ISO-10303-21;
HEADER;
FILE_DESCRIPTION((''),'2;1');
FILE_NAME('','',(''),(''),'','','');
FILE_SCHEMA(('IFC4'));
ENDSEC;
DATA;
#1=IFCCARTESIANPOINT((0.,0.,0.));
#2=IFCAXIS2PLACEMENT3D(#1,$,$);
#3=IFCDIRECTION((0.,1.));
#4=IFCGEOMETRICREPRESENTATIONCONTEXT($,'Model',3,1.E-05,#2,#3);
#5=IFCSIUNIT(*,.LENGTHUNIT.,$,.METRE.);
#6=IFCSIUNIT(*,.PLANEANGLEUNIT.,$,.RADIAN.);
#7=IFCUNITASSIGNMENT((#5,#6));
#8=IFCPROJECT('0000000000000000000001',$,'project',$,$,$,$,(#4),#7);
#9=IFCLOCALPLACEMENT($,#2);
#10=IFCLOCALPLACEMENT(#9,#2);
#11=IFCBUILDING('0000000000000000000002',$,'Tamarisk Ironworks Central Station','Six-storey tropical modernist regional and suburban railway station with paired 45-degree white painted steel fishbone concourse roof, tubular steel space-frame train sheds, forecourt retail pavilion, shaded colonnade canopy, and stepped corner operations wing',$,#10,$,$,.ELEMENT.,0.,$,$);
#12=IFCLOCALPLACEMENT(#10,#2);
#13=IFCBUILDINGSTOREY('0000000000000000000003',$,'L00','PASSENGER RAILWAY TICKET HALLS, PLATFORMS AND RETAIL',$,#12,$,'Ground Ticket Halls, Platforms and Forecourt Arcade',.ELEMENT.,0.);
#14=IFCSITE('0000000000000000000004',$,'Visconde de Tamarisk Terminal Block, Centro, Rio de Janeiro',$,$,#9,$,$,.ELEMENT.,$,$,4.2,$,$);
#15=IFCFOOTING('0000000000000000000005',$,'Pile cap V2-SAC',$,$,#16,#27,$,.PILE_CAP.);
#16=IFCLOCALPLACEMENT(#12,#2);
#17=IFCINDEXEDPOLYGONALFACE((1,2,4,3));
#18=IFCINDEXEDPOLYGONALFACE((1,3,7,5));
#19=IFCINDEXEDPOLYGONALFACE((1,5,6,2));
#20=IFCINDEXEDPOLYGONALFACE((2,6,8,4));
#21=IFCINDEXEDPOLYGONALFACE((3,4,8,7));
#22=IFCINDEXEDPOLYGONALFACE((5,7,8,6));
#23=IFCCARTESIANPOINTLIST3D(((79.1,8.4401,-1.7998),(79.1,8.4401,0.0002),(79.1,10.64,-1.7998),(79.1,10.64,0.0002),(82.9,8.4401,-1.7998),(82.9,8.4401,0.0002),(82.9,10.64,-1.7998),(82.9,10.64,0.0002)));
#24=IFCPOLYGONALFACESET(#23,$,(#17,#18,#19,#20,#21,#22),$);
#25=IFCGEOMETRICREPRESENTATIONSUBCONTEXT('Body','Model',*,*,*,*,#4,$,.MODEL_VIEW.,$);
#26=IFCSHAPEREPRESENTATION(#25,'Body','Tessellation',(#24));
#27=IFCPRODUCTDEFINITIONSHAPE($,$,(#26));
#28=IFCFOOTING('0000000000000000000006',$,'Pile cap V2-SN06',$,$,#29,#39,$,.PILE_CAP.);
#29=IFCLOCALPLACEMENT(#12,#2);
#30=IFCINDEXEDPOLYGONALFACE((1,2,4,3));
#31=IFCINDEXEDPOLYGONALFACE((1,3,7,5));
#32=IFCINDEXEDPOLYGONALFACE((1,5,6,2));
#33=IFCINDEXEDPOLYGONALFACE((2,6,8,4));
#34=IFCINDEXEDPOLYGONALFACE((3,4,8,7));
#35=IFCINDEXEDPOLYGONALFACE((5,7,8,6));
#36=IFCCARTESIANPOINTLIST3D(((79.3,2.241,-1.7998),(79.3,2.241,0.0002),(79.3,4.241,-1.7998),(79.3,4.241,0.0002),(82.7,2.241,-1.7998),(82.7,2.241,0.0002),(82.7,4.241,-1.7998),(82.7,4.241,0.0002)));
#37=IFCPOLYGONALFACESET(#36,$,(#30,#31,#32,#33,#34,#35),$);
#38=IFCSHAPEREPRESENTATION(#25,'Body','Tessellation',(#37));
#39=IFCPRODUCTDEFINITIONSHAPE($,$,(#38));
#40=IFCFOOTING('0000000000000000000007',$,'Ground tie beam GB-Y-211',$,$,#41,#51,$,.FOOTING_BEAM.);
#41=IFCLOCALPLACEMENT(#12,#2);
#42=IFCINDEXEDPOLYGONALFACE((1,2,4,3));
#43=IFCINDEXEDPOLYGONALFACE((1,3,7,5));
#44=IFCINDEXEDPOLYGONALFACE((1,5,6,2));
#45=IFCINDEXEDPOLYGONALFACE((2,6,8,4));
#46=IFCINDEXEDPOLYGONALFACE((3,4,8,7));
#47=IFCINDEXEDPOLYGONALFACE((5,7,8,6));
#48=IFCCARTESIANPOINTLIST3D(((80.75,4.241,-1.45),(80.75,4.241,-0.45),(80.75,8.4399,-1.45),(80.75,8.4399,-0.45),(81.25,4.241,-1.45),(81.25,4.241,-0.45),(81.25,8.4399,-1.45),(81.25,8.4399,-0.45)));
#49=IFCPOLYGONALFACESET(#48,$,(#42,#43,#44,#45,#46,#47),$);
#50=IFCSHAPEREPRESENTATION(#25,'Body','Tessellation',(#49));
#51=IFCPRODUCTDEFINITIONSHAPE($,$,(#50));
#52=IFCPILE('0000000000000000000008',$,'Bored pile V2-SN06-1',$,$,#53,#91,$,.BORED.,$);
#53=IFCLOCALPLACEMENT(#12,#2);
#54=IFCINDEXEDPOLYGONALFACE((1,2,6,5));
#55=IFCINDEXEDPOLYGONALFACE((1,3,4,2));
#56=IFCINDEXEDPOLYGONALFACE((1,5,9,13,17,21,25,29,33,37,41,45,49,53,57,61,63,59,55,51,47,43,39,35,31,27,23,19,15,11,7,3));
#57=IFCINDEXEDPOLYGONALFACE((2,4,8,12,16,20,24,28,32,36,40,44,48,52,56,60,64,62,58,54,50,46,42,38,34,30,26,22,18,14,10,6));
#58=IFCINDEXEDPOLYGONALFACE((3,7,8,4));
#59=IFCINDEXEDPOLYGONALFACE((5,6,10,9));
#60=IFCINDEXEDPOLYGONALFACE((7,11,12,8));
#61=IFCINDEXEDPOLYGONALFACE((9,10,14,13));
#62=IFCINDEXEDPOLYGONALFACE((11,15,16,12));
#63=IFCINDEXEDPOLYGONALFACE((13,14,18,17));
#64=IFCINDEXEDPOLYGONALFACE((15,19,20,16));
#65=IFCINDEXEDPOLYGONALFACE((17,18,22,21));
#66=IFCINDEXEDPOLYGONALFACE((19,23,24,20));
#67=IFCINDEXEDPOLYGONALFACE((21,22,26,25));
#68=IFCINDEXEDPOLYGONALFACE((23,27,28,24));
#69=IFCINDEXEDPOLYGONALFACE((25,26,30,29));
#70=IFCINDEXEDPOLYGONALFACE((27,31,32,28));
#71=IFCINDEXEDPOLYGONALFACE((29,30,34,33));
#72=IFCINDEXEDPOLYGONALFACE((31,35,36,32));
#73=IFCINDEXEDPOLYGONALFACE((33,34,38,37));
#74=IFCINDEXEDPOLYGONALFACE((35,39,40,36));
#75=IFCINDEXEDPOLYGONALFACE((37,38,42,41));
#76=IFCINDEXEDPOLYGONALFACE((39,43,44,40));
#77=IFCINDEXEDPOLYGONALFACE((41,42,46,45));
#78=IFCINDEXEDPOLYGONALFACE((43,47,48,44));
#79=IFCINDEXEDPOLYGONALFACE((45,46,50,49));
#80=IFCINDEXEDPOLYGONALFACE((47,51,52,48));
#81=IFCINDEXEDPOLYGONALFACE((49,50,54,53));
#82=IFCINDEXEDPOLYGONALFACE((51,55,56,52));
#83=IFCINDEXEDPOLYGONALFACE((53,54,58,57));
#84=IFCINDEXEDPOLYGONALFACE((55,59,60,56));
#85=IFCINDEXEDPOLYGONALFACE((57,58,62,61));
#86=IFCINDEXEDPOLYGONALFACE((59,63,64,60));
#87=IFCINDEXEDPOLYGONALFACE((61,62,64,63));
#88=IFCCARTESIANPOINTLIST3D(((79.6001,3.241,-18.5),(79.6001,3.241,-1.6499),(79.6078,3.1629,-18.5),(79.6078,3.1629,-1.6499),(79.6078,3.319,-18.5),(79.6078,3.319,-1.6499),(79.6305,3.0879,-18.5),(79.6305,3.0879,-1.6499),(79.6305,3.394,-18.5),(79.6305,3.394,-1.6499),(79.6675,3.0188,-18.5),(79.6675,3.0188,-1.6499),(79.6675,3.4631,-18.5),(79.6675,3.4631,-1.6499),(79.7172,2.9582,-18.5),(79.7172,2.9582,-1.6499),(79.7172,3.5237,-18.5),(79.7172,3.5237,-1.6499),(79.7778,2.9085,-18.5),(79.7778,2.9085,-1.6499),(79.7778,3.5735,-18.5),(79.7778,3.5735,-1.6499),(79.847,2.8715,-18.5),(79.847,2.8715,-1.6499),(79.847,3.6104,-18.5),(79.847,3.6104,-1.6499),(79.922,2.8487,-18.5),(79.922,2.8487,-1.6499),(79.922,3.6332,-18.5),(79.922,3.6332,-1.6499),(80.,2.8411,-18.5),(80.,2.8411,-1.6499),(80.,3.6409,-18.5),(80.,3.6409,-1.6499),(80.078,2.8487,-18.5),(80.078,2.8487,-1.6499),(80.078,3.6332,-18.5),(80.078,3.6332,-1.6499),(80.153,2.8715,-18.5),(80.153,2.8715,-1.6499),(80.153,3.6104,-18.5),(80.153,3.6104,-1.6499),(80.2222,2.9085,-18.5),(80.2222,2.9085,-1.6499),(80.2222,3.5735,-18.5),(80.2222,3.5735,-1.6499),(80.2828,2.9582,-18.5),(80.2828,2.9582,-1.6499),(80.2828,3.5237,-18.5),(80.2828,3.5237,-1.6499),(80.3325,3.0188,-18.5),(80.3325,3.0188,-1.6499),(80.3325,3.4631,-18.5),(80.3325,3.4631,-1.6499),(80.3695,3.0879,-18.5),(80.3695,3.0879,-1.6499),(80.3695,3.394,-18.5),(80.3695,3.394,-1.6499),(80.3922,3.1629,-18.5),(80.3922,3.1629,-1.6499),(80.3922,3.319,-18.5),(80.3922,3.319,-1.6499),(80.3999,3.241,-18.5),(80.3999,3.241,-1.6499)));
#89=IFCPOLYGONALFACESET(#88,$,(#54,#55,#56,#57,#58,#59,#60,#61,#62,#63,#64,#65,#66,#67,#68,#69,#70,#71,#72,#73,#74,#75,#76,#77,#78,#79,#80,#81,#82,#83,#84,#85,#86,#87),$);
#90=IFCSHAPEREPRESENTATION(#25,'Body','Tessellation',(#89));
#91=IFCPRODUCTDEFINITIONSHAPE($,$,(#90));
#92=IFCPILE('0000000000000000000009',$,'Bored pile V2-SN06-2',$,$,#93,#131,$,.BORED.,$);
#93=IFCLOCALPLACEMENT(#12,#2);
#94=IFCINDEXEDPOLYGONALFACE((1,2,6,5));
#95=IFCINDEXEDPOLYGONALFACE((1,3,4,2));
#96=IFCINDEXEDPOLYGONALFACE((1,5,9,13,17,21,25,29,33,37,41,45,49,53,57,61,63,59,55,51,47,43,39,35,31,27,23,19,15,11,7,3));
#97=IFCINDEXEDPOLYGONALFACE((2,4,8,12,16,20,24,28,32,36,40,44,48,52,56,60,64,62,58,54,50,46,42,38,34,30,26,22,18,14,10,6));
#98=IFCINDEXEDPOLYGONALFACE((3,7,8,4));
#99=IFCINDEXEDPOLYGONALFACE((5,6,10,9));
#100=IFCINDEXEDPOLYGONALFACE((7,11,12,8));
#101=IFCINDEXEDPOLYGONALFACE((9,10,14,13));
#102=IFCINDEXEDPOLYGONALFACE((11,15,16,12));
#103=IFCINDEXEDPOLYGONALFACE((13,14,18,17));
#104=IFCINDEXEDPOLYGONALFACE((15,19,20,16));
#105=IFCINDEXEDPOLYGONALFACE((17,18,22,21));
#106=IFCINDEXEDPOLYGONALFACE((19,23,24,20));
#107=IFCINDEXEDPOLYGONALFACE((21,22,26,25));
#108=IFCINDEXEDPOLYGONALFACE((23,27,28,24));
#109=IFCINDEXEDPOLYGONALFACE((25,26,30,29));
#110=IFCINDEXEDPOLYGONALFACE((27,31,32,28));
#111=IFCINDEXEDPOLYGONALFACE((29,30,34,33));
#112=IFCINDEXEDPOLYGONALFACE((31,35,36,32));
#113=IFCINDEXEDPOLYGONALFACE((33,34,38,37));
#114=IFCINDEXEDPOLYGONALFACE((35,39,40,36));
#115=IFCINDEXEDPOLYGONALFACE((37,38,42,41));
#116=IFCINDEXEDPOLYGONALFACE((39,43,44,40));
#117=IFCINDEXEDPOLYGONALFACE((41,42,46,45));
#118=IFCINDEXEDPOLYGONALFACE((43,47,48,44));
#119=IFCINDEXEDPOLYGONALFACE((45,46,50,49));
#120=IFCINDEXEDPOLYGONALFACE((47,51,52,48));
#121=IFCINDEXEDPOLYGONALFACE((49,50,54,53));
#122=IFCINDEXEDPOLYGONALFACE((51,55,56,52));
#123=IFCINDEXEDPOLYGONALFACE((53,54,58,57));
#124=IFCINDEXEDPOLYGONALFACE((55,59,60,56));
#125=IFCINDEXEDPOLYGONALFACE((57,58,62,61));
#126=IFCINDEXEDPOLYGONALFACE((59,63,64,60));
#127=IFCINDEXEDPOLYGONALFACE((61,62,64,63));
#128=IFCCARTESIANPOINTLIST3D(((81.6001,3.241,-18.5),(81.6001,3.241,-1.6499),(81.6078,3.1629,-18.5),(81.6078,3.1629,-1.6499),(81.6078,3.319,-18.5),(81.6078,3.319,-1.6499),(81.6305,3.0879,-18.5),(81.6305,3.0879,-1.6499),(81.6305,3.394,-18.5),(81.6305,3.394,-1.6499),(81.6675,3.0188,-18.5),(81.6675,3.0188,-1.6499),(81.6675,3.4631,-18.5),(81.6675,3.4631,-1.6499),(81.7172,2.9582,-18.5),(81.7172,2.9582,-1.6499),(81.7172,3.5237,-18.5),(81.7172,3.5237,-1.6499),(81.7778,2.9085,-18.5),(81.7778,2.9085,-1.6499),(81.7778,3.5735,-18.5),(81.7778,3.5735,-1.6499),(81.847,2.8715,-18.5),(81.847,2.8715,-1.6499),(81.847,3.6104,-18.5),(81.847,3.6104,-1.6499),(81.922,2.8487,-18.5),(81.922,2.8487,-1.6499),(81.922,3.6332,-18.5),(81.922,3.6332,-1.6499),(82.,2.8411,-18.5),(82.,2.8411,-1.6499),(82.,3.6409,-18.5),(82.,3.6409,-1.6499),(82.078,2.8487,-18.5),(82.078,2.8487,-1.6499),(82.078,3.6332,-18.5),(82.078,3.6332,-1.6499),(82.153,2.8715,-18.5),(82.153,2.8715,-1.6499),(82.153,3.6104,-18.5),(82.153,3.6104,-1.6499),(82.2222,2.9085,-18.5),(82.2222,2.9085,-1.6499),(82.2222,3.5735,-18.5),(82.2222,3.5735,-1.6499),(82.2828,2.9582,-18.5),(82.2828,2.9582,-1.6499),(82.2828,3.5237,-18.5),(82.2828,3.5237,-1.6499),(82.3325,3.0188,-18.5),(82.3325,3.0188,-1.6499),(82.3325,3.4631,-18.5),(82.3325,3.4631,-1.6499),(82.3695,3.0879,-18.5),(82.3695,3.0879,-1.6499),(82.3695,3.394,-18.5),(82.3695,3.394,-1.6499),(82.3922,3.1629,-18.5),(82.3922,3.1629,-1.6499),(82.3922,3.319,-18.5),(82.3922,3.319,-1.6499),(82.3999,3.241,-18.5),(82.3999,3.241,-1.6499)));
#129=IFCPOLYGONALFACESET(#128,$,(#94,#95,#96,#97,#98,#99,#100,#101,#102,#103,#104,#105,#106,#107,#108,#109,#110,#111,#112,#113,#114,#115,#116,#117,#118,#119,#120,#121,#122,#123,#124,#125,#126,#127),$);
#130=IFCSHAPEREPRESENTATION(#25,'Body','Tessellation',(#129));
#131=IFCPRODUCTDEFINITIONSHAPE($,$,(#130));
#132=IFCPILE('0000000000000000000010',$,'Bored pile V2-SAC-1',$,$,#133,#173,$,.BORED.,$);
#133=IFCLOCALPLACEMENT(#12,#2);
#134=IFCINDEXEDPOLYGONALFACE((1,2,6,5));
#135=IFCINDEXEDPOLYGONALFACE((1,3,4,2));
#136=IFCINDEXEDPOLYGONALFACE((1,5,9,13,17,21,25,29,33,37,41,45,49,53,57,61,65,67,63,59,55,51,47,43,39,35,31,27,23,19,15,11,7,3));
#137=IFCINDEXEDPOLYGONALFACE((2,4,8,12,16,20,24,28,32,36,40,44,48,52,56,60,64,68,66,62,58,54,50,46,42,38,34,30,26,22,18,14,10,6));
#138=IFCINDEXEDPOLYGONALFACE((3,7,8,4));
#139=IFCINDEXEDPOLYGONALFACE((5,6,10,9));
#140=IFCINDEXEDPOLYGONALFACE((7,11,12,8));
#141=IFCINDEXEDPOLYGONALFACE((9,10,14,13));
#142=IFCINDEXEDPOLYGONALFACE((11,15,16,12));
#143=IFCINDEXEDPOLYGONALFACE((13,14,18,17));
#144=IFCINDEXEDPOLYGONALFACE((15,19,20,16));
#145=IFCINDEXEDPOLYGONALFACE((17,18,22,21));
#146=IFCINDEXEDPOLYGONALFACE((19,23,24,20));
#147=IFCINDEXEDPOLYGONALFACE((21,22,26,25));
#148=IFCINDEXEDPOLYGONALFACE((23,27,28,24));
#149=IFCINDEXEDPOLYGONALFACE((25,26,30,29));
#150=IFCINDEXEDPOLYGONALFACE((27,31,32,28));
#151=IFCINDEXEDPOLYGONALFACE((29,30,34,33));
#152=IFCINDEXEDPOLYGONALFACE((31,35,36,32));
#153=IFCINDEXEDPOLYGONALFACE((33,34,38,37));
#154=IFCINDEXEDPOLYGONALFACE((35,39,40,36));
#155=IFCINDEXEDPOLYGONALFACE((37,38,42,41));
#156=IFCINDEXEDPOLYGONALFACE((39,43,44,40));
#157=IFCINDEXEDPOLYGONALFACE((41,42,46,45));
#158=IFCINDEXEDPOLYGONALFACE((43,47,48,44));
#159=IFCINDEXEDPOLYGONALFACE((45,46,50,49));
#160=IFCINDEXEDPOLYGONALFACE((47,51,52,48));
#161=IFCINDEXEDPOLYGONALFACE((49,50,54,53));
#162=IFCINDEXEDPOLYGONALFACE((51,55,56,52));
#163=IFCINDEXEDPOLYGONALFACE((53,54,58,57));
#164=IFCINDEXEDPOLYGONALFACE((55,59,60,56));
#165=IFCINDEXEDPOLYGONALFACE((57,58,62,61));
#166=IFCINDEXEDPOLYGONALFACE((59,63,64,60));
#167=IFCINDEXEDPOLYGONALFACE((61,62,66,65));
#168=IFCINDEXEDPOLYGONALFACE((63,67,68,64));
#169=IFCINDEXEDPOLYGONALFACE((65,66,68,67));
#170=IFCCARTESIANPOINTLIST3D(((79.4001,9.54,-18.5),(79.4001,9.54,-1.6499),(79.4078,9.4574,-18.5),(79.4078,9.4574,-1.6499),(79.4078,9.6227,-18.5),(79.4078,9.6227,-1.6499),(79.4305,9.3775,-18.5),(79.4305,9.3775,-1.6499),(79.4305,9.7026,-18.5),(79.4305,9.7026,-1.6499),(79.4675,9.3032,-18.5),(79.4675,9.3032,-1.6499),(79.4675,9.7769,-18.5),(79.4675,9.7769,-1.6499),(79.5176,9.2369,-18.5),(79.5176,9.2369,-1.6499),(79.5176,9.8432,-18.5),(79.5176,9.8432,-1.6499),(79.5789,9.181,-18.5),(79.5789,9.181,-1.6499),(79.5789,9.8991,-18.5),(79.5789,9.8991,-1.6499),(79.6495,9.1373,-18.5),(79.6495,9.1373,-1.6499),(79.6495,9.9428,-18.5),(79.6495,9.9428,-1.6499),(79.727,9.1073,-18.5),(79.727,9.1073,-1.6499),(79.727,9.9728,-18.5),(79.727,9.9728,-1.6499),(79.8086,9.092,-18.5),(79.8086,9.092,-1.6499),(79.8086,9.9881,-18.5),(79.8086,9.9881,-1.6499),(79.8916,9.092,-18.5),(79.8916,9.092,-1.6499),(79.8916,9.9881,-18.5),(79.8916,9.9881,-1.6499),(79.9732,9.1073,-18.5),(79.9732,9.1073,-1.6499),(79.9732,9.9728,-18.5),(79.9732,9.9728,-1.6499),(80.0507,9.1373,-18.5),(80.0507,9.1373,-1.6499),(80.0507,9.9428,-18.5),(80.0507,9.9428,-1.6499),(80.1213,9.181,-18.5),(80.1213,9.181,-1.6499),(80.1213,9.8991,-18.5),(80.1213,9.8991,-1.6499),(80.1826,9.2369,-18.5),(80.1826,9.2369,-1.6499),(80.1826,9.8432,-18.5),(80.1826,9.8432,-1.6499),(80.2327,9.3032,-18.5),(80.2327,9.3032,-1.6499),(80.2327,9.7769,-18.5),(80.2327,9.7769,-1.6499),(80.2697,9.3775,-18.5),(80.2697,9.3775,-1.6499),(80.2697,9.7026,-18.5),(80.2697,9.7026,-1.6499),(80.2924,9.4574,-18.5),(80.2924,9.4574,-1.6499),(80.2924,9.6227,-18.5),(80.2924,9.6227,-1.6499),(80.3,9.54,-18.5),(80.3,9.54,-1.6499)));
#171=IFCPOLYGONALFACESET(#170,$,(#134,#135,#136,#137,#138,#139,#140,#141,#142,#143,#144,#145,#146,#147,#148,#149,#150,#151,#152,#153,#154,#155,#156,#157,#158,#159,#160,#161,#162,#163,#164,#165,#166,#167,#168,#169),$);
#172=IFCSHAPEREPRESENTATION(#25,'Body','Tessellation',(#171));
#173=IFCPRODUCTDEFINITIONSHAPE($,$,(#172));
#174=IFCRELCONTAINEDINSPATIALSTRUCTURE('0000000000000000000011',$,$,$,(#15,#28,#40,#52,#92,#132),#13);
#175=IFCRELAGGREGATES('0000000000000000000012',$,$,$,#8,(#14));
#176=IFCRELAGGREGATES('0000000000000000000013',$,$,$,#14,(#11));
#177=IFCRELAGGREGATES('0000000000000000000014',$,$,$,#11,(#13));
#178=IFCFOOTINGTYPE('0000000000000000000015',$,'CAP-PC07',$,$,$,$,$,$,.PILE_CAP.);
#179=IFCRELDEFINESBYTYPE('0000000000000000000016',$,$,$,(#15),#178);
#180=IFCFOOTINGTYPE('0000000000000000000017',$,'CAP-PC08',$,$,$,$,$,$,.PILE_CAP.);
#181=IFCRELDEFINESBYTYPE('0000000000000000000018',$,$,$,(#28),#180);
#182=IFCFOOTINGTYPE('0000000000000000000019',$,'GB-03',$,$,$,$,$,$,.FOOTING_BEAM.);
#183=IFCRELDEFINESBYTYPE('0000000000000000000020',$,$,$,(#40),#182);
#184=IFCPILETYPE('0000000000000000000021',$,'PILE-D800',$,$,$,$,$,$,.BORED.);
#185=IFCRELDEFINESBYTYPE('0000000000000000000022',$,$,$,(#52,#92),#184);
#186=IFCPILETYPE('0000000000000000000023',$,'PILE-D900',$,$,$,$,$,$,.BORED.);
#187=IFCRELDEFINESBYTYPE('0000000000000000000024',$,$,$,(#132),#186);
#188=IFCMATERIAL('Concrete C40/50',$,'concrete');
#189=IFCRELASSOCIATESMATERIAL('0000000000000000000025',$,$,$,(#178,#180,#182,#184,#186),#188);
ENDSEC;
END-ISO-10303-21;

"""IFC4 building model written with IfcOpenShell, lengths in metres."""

from ifc_helpers import new_model, si_unit, direction, frame, origin, origin_2d, place, context, subcontext, project, spatial, rectangle, circle, extrude, material, material_profile, profile_set, type_object, element, save


model = new_model("IFC4")

# Units and contexts
model_context = context("Model", 3, precision=1e-05, world=origin(), true_north=direction((0.0, 1.0)))
body_context = subcontext(model_context, "Body", "Model", "MODEL_VIEW")
ifc_project = project(units=[si_unit("LENGTHUNIT", "METRE"), si_unit("PLANEANGLEUNIT", "RADIAN")], contexts=[model_context])

# Site, building, storey
site_placement = place(None, origin())
site = spatial("IfcSite", under=ifc_project, at=site_placement, Name="Visconde de Tamarisk Terminal Block, Centro, Rio de Janeiro", CompositionType="ELEMENT", RefElevation=4.2)
building_placement = place(site_placement, origin())
building = spatial("IfcBuilding", under=site, at=building_placement, Name="Tamarisk Ironworks Central Station", Description="Six-storey tropical modernist regional and suburban railway station with paired 45-degree white painted steel fishbone concourse roof, tubular steel space-frame train sheds, forecourt retail pavilion, shaded colonnade canopy, and stepped corner operations wing", CompositionType="ELEMENT", ElevationOfRefHeight=0.0)
storey_placement = place(building_placement, origin())
storey = spatial("IfcBuildingStorey", under=building, at=storey_placement, Name="L00", Description="PASSENGER RAILWAY TICKET HALLS, PLATFORMS AND RETAIL", LongName="Ground Ticket Halls, Platforms and Forecourt Arcade", CompositionType="ELEMENT", Elevation=0.0)

# Footings
ifc_material_1 = material(Name="Concrete C40/50", Category="concrete")
footing_type_1 = type_object("IfcFootingType", Name="CAP-PC07", PredefinedType="PILE_CAP", material=ifc_material_1)
footing_1_placement = place(storey_placement, frame((81.0, 9.54, -1.7998), z_axis=(0.0, 0.0, 1.0), x_axis=(1.0, 0.0, 0.0)))
element("IfcFooting", 1, at=footing_1_placement, inside=storey, type_object=footing_type_1, Name="Pile cap V2-SAC", PredefinedType="PILE_CAP", context=body_context, shape_type="SweptSolid", body=[
    extrude(rectangle(XDim=3.8, YDim=2.2, at=origin_2d()), origin(), (0.0, 0.0, 1.0), 1.8),
])
footing_type_2 = type_object("IfcFootingType", Name="CAP-PC08", PredefinedType="PILE_CAP", material=ifc_material_1)
footing_2_placement = place(storey_placement, frame((81.0, 3.241, -1.7998), z_axis=(0.0, 0.0, 1.0), x_axis=(1.0, 0.0, 0.0)))
element("IfcFooting", 2, at=footing_2_placement, inside=storey, type_object=footing_type_2, Name="Pile cap V2-SN06", PredefinedType="PILE_CAP", context=body_context, shape_type="SweptSolid", body=[
    extrude(rectangle(XDim=3.3999, YDim=2.0, at=origin_2d()), origin(), (0.0, 0.0, 1.0), 1.8),
])
ifc_material_profile_1 = material_profile(ifc_material_1, rectangle(XDim=0.5, YDim=1.0, at=origin_2d()), Name="GB03 500x1000")
ifc_profile_set_1 = profile_set([ifc_material_profile_1], Name="Concrete C40/50")
footing_type_3 = type_object("IfcFootingType", Name="GB-03", PredefinedType="FOOTING_BEAM", material=ifc_profile_set_1)
footing_3_placement = place(storey_placement, frame((81.0, 4.241, -0.95), z_axis=(0.0, 1.0, 0.0), x_axis=(-1.0, 0.0, 0.0)))
element("IfcFooting", 3, at=footing_3_placement, inside=storey, type_object=footing_type_3, Name="Ground tie beam GB-Y-211", PredefinedType="FOOTING_BEAM", context=body_context, shape_type="SweptSolid", body=[
    extrude(rectangle(XDim=0.5, YDim=1.0, at=origin_2d()), origin(), (0.0, 0.0, 1.0), 4.199),
])

# Piles
ifc_material_profile_2 = material_profile(ifc_material_1, circle(Radius=0.3999, at=origin_2d()), Name="BORED PILE D800")
ifc_profile_set_2 = profile_set([ifc_material_profile_2], Name="Concrete C40/50")
pile_type_1 = type_object("IfcPileType", Name="PILE-D800", PredefinedType="BORED", material=ifc_profile_set_2)
for number, where, z_axis, x_axis, name in (
    (4, (80.0, 3.241, -1.6499), (0.0, 0.0, -1.0), (1.0, 0.0, 0.0), "Bored pile V2-SN06-1"),
    (5, (82.0, 3.241, -1.6499), (0.0, 0.0, -1.0), (1.0, 0.0, 0.0), "Bored pile V2-SN06-2"),
):
    element("IfcPile", number, at=place(storey_placement, frame(where, z_axis=z_axis, x_axis=x_axis)), inside=storey, type_object=pile_type_1, Name=name, PredefinedType="BORED", context=body_context, shape_type="SweptSolid", body=[
        extrude(circle(Radius=0.3999, at=origin_2d()), origin(), (0.0, 0.0, 1.0), 16.8501),
    ])
ifc_material_profile_3 = material_profile(ifc_material_1, circle(Radius=0.45, at=origin_2d()), Name="BORED PILE D900")
ifc_profile_set_3 = profile_set([ifc_material_profile_3], Name="Concrete C40/50")
pile_type_2 = type_object("IfcPileType", Name="PILE-D900", PredefinedType="BORED", material=ifc_profile_set_3)
for number, where, z_axis, x_axis, name in (
    (6, (79.8501, 9.54, -1.6499), (0.0, 0.0, -1.0), (1.0, 0.0, 0.0), "Bored pile V2-SAC-1"),
):
    element("IfcPile", number, at=place(storey_placement, frame(where, z_axis=z_axis, x_axis=x_axis)), inside=storey, type_object=pile_type_2, Name=name, PredefinedType="BORED", context=body_context, shape_type="SweptSolid", body=[
        extrude(circle(Radius=0.45, at=origin_2d()), origin(), (0.0, 0.0, 1.0), 16.8501),
    ])

save(model, "model.ifc")
